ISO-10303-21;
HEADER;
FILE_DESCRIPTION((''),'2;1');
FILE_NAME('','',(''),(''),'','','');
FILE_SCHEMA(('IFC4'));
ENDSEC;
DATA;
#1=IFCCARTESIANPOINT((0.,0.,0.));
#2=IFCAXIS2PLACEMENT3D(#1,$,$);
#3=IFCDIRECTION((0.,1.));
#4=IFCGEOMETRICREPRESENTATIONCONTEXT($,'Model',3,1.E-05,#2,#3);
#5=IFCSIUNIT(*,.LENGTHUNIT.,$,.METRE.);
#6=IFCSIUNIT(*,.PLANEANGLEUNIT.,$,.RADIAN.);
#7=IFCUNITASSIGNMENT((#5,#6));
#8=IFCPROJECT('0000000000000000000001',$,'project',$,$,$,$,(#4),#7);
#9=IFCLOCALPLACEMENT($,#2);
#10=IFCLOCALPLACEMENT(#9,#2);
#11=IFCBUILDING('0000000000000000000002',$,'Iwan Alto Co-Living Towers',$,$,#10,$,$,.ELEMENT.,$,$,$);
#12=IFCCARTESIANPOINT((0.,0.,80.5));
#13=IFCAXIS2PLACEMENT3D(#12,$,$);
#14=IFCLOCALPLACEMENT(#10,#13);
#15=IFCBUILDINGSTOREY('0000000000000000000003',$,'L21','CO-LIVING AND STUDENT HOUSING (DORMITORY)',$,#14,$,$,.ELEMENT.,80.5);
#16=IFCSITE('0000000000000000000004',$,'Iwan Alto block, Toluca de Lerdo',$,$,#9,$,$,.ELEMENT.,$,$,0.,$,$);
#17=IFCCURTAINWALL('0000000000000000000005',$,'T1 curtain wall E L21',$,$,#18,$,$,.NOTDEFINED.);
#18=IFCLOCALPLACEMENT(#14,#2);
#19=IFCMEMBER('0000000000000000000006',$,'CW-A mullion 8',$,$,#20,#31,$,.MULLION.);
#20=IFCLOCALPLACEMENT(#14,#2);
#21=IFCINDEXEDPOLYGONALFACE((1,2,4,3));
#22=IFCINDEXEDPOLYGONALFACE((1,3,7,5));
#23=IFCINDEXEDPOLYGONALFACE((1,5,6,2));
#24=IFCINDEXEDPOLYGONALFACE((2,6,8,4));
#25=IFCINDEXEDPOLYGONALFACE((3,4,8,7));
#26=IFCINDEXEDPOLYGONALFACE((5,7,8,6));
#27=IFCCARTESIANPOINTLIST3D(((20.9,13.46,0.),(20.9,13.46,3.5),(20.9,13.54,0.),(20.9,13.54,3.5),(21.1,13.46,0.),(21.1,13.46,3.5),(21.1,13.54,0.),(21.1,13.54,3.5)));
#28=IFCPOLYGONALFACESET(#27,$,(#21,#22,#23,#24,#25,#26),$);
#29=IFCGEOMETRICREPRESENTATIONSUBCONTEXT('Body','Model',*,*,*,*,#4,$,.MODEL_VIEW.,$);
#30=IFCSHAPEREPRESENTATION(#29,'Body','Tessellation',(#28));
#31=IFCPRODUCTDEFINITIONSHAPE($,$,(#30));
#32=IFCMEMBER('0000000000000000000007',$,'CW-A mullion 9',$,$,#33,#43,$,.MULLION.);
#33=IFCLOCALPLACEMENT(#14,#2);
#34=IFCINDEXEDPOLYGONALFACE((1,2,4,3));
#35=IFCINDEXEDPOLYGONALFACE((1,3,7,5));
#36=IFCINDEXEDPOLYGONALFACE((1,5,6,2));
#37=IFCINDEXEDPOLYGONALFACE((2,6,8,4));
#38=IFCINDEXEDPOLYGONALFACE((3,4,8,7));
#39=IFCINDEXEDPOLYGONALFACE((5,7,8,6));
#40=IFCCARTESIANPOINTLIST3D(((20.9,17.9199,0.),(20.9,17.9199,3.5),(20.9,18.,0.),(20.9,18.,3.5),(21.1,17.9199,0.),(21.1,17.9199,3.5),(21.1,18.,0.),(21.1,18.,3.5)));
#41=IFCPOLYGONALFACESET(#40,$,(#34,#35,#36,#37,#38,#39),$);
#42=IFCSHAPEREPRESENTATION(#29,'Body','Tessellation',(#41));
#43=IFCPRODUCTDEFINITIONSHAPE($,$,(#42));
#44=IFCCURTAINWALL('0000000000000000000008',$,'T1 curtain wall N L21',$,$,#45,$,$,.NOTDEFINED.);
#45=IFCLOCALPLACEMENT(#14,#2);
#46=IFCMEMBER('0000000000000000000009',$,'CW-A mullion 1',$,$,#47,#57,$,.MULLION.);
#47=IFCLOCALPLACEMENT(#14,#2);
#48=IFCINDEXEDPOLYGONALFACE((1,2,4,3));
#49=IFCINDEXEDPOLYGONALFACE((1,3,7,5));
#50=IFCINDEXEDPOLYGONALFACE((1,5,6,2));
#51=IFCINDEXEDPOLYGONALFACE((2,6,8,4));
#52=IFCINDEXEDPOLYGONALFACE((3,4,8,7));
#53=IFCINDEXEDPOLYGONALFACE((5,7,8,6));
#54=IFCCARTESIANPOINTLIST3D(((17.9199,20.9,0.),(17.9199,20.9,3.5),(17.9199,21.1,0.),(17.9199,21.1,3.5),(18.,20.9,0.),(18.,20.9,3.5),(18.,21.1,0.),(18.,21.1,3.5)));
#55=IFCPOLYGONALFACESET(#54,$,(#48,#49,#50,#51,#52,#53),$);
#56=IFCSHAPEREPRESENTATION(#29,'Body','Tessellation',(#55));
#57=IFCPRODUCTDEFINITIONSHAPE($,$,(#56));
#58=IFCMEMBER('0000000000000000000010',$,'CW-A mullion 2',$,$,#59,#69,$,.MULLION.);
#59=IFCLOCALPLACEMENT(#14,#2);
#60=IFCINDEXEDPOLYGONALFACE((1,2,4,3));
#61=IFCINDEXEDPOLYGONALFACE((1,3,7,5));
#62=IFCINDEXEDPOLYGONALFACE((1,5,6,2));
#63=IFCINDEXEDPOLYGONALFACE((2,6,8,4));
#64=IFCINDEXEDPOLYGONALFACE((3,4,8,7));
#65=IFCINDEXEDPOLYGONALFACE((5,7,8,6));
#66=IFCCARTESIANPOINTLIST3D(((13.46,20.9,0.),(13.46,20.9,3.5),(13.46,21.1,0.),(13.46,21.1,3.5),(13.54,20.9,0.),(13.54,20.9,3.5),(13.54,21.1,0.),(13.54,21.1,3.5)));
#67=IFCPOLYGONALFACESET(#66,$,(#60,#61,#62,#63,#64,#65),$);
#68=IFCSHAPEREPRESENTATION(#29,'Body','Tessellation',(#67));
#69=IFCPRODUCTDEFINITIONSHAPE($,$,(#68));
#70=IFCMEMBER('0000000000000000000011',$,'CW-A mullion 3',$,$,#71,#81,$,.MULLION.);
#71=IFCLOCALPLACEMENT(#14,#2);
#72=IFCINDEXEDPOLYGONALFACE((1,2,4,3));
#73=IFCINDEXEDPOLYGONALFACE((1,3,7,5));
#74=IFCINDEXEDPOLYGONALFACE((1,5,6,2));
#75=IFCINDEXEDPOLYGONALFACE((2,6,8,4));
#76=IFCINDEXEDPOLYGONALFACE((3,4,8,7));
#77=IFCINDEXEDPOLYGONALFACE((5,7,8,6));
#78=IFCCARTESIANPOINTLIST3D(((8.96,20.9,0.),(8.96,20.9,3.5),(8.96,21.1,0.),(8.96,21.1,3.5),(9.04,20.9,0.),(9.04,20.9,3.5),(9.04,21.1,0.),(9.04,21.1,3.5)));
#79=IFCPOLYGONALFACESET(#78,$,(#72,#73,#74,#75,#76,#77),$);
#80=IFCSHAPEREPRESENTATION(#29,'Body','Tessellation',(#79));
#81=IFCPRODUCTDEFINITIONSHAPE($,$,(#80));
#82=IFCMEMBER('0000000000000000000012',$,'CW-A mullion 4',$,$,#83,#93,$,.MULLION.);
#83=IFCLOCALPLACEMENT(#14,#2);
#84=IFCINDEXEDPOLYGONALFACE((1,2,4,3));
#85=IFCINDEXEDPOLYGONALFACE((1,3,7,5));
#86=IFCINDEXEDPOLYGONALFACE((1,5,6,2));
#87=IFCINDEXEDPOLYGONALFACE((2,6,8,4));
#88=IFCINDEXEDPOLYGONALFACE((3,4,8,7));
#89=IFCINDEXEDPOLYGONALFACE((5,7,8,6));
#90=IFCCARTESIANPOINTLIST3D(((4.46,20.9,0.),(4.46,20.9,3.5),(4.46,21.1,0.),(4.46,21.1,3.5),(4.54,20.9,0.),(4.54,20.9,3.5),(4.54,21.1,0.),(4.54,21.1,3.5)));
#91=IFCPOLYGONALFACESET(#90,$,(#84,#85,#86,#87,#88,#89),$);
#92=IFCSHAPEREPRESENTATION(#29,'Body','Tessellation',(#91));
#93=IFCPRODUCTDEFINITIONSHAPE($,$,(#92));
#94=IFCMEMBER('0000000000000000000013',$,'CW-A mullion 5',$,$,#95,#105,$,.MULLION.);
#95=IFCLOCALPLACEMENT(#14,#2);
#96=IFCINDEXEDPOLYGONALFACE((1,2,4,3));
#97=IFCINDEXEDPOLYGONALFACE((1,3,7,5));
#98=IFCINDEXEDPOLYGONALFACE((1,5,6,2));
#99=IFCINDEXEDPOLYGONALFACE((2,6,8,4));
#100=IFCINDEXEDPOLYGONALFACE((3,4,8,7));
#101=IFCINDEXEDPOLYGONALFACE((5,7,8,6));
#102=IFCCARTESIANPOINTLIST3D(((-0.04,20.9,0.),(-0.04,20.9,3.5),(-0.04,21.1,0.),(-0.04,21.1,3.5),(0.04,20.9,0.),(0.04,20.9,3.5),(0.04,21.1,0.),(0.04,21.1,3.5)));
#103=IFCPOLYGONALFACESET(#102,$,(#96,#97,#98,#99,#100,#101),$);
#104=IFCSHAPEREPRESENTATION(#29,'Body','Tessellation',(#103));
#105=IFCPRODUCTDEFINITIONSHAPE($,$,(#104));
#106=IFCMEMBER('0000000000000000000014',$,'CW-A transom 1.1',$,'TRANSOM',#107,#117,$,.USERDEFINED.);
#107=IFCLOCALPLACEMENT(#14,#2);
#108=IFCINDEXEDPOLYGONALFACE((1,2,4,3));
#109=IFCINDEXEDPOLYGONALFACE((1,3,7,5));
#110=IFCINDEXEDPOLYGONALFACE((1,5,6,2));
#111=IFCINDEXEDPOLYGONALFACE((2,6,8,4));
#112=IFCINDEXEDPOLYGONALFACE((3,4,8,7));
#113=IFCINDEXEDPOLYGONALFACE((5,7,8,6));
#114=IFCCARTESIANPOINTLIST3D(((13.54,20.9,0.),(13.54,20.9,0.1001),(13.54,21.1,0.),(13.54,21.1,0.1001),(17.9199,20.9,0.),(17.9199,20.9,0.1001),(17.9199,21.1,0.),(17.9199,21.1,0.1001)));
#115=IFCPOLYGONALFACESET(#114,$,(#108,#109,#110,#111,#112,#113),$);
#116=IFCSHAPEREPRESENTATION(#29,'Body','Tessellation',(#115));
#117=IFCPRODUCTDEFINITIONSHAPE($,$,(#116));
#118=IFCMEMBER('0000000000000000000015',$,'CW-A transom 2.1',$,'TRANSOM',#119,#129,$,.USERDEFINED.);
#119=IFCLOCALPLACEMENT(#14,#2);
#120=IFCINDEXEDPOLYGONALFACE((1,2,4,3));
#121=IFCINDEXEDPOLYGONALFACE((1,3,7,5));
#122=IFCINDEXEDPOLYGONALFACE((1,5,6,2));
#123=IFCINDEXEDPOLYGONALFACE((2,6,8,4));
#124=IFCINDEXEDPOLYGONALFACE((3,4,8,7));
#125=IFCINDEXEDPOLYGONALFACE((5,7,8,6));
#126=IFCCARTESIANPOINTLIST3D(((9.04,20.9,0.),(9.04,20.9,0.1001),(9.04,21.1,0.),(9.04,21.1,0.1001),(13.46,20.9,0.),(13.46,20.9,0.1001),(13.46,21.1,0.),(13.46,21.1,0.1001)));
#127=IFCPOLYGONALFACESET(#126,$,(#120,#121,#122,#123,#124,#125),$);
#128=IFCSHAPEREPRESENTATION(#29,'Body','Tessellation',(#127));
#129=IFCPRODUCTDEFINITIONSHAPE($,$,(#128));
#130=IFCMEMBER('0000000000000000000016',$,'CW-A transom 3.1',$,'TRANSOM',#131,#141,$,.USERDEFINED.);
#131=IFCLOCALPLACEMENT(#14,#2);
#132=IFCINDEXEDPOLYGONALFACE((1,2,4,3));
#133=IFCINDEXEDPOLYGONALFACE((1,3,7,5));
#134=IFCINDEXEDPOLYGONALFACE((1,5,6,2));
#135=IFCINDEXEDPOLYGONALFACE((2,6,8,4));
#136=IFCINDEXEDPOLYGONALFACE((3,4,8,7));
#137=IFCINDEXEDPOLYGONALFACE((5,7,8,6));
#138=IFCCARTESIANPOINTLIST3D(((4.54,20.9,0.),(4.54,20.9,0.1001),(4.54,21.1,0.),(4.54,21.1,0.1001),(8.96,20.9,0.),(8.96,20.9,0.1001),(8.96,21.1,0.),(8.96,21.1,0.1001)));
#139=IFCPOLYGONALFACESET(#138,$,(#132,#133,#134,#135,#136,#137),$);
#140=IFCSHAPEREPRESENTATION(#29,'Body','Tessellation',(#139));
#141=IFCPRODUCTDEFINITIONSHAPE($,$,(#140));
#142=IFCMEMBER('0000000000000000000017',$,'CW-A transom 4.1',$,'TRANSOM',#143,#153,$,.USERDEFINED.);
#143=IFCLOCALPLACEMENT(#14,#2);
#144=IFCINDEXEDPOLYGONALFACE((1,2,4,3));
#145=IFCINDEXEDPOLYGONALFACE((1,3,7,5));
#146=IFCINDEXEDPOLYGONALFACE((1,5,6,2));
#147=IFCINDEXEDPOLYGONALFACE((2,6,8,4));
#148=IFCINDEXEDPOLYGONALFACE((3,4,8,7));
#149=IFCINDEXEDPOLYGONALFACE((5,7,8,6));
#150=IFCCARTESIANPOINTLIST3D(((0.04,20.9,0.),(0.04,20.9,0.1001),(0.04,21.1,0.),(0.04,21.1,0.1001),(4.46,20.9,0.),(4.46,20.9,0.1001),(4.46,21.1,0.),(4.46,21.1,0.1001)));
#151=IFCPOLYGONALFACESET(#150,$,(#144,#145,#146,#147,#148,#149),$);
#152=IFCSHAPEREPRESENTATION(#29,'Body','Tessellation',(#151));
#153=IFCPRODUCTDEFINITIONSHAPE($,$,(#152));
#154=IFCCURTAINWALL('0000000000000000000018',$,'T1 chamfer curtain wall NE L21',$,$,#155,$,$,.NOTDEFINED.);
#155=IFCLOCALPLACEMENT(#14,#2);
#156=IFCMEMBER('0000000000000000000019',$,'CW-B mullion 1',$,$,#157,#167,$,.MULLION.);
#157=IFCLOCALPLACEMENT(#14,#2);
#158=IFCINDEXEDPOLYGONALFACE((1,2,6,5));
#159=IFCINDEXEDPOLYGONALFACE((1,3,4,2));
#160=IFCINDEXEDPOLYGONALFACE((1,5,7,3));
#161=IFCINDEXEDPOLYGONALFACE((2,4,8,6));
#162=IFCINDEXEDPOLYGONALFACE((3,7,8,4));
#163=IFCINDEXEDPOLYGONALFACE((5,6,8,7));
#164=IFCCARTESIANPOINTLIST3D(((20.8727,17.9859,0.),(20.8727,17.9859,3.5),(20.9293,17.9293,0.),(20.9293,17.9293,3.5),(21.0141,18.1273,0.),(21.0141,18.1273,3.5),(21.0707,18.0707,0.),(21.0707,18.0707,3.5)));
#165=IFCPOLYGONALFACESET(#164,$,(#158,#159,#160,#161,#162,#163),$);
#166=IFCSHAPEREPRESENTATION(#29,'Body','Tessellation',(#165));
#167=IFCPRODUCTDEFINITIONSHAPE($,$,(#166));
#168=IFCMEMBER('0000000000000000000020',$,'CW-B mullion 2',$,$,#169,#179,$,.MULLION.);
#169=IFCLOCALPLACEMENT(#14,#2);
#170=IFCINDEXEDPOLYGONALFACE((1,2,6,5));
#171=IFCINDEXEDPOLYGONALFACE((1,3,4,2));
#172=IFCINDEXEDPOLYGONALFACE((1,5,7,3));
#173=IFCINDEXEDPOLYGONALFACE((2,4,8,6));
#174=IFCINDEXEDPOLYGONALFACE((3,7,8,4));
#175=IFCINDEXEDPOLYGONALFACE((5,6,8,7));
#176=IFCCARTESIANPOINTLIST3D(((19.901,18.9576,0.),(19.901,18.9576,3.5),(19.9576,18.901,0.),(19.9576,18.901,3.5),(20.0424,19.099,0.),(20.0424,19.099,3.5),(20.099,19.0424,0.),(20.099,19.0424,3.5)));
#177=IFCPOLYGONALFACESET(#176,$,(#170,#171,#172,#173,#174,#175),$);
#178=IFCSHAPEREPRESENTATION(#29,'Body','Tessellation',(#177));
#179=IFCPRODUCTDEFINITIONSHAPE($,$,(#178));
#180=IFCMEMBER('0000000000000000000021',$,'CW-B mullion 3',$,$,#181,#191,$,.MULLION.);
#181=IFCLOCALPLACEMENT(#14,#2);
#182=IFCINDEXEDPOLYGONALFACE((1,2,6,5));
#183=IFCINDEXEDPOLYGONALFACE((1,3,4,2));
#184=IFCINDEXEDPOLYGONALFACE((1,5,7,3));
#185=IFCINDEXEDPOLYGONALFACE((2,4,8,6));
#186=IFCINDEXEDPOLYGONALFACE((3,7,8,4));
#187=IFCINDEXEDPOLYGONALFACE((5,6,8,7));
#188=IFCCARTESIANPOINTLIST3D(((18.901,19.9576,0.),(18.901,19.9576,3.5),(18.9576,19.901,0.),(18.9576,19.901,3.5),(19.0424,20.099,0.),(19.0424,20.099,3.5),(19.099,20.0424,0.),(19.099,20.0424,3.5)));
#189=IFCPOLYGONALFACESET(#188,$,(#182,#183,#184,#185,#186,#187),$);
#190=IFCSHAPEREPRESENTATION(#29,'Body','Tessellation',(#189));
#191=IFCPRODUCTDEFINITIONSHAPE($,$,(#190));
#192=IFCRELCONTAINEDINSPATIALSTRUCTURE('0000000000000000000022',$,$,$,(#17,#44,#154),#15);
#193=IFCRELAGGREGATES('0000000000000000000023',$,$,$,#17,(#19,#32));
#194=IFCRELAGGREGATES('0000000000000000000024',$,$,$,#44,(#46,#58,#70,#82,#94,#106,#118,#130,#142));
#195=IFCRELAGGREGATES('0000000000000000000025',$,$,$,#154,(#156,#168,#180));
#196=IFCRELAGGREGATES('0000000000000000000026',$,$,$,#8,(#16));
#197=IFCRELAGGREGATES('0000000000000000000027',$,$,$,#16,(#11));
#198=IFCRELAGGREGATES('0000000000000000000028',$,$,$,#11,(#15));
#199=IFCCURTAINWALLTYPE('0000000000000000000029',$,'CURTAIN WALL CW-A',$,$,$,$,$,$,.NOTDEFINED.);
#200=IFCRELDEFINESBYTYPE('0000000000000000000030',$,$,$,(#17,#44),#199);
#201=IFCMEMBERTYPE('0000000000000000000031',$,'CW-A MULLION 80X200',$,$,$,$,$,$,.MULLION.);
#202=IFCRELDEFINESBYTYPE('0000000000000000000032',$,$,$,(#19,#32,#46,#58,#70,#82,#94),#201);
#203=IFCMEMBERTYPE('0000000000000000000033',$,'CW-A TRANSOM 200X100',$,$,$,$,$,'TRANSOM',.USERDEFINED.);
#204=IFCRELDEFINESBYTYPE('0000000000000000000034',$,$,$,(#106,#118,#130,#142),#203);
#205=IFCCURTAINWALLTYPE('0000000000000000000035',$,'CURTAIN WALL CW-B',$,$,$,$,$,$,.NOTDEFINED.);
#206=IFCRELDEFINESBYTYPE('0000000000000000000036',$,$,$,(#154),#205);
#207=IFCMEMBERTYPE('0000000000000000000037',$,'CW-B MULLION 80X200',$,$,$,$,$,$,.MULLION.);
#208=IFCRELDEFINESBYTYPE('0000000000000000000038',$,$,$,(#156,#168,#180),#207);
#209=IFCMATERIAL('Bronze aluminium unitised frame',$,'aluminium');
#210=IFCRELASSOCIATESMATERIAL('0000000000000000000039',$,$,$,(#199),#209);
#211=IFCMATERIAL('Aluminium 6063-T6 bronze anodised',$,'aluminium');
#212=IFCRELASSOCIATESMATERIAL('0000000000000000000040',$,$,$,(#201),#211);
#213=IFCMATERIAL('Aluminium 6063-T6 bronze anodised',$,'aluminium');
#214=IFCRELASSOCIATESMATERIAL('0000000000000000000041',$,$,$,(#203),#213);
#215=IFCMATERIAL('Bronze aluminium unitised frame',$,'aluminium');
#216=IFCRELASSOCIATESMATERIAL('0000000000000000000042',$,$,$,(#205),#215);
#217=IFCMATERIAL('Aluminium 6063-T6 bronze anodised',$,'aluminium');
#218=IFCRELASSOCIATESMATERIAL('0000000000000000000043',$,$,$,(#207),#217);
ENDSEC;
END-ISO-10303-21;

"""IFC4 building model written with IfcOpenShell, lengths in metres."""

from ifc_helpers import new_model, si_unit, direction, frame, origin, origin_2d, place, context, subcontext, project, spatial, rectangle, extrude, material, material_profile, profile_set, type_object, element, aggregate, save


model = new_model("IFC4")

# Units and contexts
model_context = context("Model", 3, precision=1e-05, world=origin(), true_north=direction((0.0, 1.0)))
body_context = subcontext(model_context, "Body", "Model", "MODEL_VIEW")
ifc_project = project(units=[si_unit("LENGTHUNIT", "METRE"), si_unit("PLANEANGLEUNIT", "RADIAN")], contexts=[model_context])

# Site, building, storey
site_placement = place(None, origin())
site = spatial("IfcSite", under=ifc_project, at=site_placement, Name="Iwan Alto block, Toluca de Lerdo", CompositionType="ELEMENT", RefElevation=0.0)
building_placement = place(site_placement, origin())
building = spatial("IfcBuilding", under=site, at=building_placement, Name="Iwan Alto Co-Living Towers", CompositionType="ELEMENT")
storey_placement = place(building_placement, frame((0.0, 0.0, 80.5)))
storey = spatial("IfcBuildingStorey", under=building, at=storey_placement, Name="L21", Description="CO-LIVING AND STUDENT HOUSING (DORMITORY)", CompositionType="ELEMENT", Elevation=80.5)

# Curtain walls, members
ifc_material_1 = material(Name="Bronze aluminium unitised frame", Category="aluminium")
curtain_wall_type_1 = type_object("IfcCurtainWallType", Name="CURTAIN WALL CW-A", PredefinedType="NOTDEFINED", material=ifc_material_1)
curtain_wall_1_placement = place(storey_placement, origin())
curtain_wall_1 = element("IfcCurtainWall", 1, at=curtain_wall_1_placement, inside=storey, type_object=curtain_wall_type_1, Name="T1 curtain wall E L21", PredefinedType="NOTDEFINED")
ifc_material_2 = material(Name="Aluminium 6063-T6 bronze anodised", Category="aluminium")
ifc_material_profile_1 = material_profile(ifc_material_2, rectangle(XDim=0.2, YDim=0.0801, at=origin_2d()), Name="AL 80X200")
ifc_profile_set_1 = profile_set([ifc_material_profile_1], Name="Aluminium 6063-T6 bronze anodised")
member_type_1 = type_object("IfcMemberType", Name="CW-A MULLION 80X200", PredefinedType="MULLION", material=ifc_profile_set_1)
member_1_placement = place(storey_placement, frame((21.0, 13.5, 0.0), z_axis=(0.0, 0.0, 1.0), x_axis=(-1.0, 0.0, 0.0)))
member_1 = element("IfcMember", 2, at=member_1_placement, type_object=member_type_1, Name="CW-A mullion 8", PredefinedType="MULLION", context=body_context, shape_type="SweptSolid", body=[
    extrude(rectangle(XDim=0.2, YDim=0.0801, at=origin_2d()), origin(), (0.0, 0.0, 1.0), 3.5),
])
member_2_placement = place(storey_placement, frame((21.0, 17.96, 0.0), z_axis=(0.0, 0.0, 1.0), x_axis=(-1.0, 0.0, 0.0)))
member_2 = element("IfcMember", 3, at=member_2_placement, type_object=member_type_1, Name="CW-A mullion 9", PredefinedType="MULLION", context=body_context, shape_type="SweptSolid", body=[
    extrude(rectangle(XDim=0.2, YDim=0.0801, at=origin_2d()), origin(), (0.0, 0.0, 1.0), 3.5),
])
aggregate(curtain_wall_1, [member_1, member_2])
curtain_wall_2_placement = place(storey_placement, origin())
curtain_wall_2 = element("IfcCurtainWall", 4, at=curtain_wall_2_placement, inside=storey, type_object=curtain_wall_type_1, Name="T1 curtain wall N L21", PredefinedType="NOTDEFINED")
member_3_placement = place(storey_placement, frame((17.96, 21.0, 0.0), z_axis=(0.0, 0.0, 1.0), x_axis=(0.0, -1.0, 0.0)))
member_3 = element("IfcMember", 5, at=member_3_placement, type_object=member_type_1, Name="CW-A mullion 1", PredefinedType="MULLION", context=body_context, shape_type="SweptSolid", body=[
    extrude(rectangle(XDim=0.2, YDim=0.0801, at=origin_2d()), origin(), (0.0, 0.0, 1.0), 3.5),
])
member_4_placement = place(storey_placement, frame((13.5, 21.0, 0.0), z_axis=(0.0, 0.0, 1.0), x_axis=(0.0, -1.0, 0.0)))
member_4 = element("IfcMember", 6, at=member_4_placement, type_object=member_type_1, Name="CW-A mullion 2", PredefinedType="MULLION", context=body_context, shape_type="SweptSolid", body=[
    extrude(rectangle(XDim=0.2, YDim=0.0801, at=origin_2d()), origin(), (0.0, 0.0, 1.0), 3.5),
])
member_5_placement = place(storey_placement, frame((9.0, 21.0, 0.0), z_axis=(0.0, 0.0, 1.0), x_axis=(0.0, -1.0, 0.0)))
member_5 = element("IfcMember", 7, at=member_5_placement, type_object=member_type_1, Name="CW-A mullion 3", PredefinedType="MULLION", context=body_context, shape_type="SweptSolid", body=[
    extrude(rectangle(XDim=0.2, YDim=0.0801, at=origin_2d()), origin(), (0.0, 0.0, 1.0), 3.5),
])
member_6_placement = place(storey_placement, frame((4.5, 21.0, 0.0), z_axis=(0.0, 0.0, 1.0), x_axis=(0.0, -1.0, 0.0)))
member_6 = element("IfcMember", 8, at=member_6_placement, type_object=member_type_1, Name="CW-A mullion 4", PredefinedType="MULLION", context=body_context, shape_type="SweptSolid", body=[
    extrude(rectangle(XDim=0.2, YDim=0.0801, at=origin_2d()), origin(), (0.0, 0.0, 1.0), 3.5),
])
member_7_placement = place(storey_placement, frame((0.0, 21.0, 0.0), z_axis=(0.0, 0.0, 1.0), x_axis=(0.0, -1.0, 0.0)))
member_7 = element("IfcMember", 9, at=member_7_placement, type_object=member_type_1, Name="CW-A mullion 5", PredefinedType="MULLION", context=body_context, shape_type="SweptSolid", body=[
    extrude(rectangle(XDim=0.2, YDim=0.0801, at=origin_2d()), origin(), (0.0, 0.0, 1.0), 3.5),
])
ifc_material_3 = material(Name="Aluminium 6063-T6 bronze anodised", Category="aluminium")
ifc_material_profile_2 = material_profile(ifc_material_3, rectangle(XDim=0.2, YDim=0.1001, at=origin_2d()), Name="AL 200X100")
ifc_profile_set_2 = profile_set([ifc_material_profile_2], Name="Aluminium 6063-T6 bronze anodised")
member_type_2 = type_object("IfcMemberType", Name="CW-A TRANSOM 200X100", ElementType="TRANSOM", PredefinedType="USERDEFINED", material=ifc_profile_set_2)
member_8_placement = place(storey_placement, frame((17.9199, 21.0, 0.05), z_axis=(-1.0, 0.0, 0.0), x_axis=(0.0, -1.0, 0.0)))
member_8 = element("IfcMember", 10, at=member_8_placement, type_object=member_type_2, Name="CW-A transom 1.1", ObjectType="TRANSOM", PredefinedType="USERDEFINED", context=body_context, shape_type="SweptSolid", body=[
    extrude(rectangle(XDim=0.2, YDim=0.1001, at=origin_2d()), origin(), (0.0, 0.0, 1.0), 4.3799),
])
member_9_placement = place(storey_placement, frame((13.46, 21.0, 0.05), z_axis=(-1.0, 0.0, 0.0), x_axis=(0.0, -1.0, 0.0)))
member_9 = element("IfcMember", 11, at=member_9_placement, type_object=member_type_2, Name="CW-A transom 2.1", ObjectType="TRANSOM", PredefinedType="USERDEFINED", context=body_context, shape_type="SweptSolid", body=[
    extrude(rectangle(XDim=0.2, YDim=0.1001, at=origin_2d()), origin(), (0.0, 0.0, 1.0), 4.4199),
])
member_10_placement = place(storey_placement, frame((8.96, 21.0, 0.05), z_axis=(-1.0, 0.0, 0.0), x_axis=(0.0, -1.0, 0.0)))
member_10 = element("IfcMember", 12, at=member_10_placement, type_object=member_type_2, Name="CW-A transom 3.1", ObjectType="TRANSOM", PredefinedType="USERDEFINED", context=body_context, shape_type="SweptSolid", body=[
    extrude(rectangle(XDim=0.2, YDim=0.1001, at=origin_2d()), origin(), (0.0, 0.0, 1.0), 4.4199),
])
member_11_placement = place(storey_placement, frame((4.46, 21.0, 0.05), z_axis=(-1.0, 0.0, 0.0), x_axis=(0.0, -1.0, 0.0)))
member_11 = element("IfcMember", 13, at=member_11_placement, type_object=member_type_2, Name="CW-A transom 4.1", ObjectType="TRANSOM", PredefinedType="USERDEFINED", context=body_context, shape_type="SweptSolid", body=[
    extrude(rectangle(XDim=0.2, YDim=0.1001, at=origin_2d()), origin(), (0.0, 0.0, 1.0), 4.4199),
])
ifc_material_4 = material(Name="Bronze aluminium unitised frame", Category="aluminium")
curtain_wall_type_2 = type_object("IfcCurtainWallType", Name="CURTAIN WALL CW-B", PredefinedType="NOTDEFINED", material=ifc_material_4)
curtain_wall_3_placement = place(storey_placement, origin())
curtain_wall_3 = element("IfcCurtainWall", 14, at=curtain_wall_3_placement, inside=storey, type_object=curtain_wall_type_2, Name="T1 chamfer curtain wall NE L21", PredefinedType="NOTDEFINED")
ifc_material_5 = material(Name="Aluminium 6063-T6 bronze anodised", Category="aluminium")
ifc_material_profile_3 = material_profile(ifc_material_5, rectangle(XDim=0.2, YDim=0.0801, at=origin_2d()), Name="AL 80X200")
ifc_profile_set_3 = profile_set([ifc_material_profile_3], Name="Aluminium 6063-T6 bronze anodised")
member_type_3 = type_object("IfcMemberType", Name="CW-B MULLION 80X200", PredefinedType="MULLION", material=ifc_profile_set_3)
member_12_placement = place(storey_placement, frame((20.9717, 18.0283, 0.0), z_axis=(0.0, 0.0, 1.0), x_axis=(-0.707107, -0.707107, 0.0)))
member_12 = element("IfcMember", 15, at=member_12_placement, type_object=member_type_3, Name="CW-B mullion 1", PredefinedType="MULLION", context=body_context, shape_type="SweptSolid", body=[
    extrude(rectangle(XDim=0.2, YDim=0.0801, at=origin_2d()), origin(), (0.0, 0.0, 1.0), 3.5),
])
member_13_placement = place(storey_placement, frame((20.0, 19.0, 0.0), z_axis=(0.0, 0.0, 1.0), x_axis=(-0.707107, -0.707107, 0.0)))
member_13 = element("IfcMember", 16, at=member_13_placement, type_object=member_type_3, Name="CW-B mullion 2", PredefinedType="MULLION", context=body_context, shape_type="SweptSolid", body=[
    extrude(rectangle(XDim=0.2, YDim=0.0801, at=origin_2d()), origin(), (0.0, 0.0, 1.0), 3.5),
])
member_14_placement = place(storey_placement, frame((19.0, 20.0, 0.0), z_axis=(0.0, 0.0, 1.0), x_axis=(-0.707107, -0.707107, 0.0)))
member_14 = element("IfcMember", 17, at=member_14_placement, type_object=member_type_3, Name="CW-B mullion 3", PredefinedType="MULLION", context=body_context, shape_type="SweptSolid", body=[
    extrude(rectangle(XDim=0.2, YDim=0.0801, at=origin_2d()), origin(), (0.0, 0.0, 1.0), 3.5),
])

aggregate(curtain_wall_2, [member_3, member_4, member_5, member_6, member_7, member_8, member_9, member_10, member_11])
aggregate(curtain_wall_3, [member_12, member_13, member_14])

save(model, "model.ifc")
